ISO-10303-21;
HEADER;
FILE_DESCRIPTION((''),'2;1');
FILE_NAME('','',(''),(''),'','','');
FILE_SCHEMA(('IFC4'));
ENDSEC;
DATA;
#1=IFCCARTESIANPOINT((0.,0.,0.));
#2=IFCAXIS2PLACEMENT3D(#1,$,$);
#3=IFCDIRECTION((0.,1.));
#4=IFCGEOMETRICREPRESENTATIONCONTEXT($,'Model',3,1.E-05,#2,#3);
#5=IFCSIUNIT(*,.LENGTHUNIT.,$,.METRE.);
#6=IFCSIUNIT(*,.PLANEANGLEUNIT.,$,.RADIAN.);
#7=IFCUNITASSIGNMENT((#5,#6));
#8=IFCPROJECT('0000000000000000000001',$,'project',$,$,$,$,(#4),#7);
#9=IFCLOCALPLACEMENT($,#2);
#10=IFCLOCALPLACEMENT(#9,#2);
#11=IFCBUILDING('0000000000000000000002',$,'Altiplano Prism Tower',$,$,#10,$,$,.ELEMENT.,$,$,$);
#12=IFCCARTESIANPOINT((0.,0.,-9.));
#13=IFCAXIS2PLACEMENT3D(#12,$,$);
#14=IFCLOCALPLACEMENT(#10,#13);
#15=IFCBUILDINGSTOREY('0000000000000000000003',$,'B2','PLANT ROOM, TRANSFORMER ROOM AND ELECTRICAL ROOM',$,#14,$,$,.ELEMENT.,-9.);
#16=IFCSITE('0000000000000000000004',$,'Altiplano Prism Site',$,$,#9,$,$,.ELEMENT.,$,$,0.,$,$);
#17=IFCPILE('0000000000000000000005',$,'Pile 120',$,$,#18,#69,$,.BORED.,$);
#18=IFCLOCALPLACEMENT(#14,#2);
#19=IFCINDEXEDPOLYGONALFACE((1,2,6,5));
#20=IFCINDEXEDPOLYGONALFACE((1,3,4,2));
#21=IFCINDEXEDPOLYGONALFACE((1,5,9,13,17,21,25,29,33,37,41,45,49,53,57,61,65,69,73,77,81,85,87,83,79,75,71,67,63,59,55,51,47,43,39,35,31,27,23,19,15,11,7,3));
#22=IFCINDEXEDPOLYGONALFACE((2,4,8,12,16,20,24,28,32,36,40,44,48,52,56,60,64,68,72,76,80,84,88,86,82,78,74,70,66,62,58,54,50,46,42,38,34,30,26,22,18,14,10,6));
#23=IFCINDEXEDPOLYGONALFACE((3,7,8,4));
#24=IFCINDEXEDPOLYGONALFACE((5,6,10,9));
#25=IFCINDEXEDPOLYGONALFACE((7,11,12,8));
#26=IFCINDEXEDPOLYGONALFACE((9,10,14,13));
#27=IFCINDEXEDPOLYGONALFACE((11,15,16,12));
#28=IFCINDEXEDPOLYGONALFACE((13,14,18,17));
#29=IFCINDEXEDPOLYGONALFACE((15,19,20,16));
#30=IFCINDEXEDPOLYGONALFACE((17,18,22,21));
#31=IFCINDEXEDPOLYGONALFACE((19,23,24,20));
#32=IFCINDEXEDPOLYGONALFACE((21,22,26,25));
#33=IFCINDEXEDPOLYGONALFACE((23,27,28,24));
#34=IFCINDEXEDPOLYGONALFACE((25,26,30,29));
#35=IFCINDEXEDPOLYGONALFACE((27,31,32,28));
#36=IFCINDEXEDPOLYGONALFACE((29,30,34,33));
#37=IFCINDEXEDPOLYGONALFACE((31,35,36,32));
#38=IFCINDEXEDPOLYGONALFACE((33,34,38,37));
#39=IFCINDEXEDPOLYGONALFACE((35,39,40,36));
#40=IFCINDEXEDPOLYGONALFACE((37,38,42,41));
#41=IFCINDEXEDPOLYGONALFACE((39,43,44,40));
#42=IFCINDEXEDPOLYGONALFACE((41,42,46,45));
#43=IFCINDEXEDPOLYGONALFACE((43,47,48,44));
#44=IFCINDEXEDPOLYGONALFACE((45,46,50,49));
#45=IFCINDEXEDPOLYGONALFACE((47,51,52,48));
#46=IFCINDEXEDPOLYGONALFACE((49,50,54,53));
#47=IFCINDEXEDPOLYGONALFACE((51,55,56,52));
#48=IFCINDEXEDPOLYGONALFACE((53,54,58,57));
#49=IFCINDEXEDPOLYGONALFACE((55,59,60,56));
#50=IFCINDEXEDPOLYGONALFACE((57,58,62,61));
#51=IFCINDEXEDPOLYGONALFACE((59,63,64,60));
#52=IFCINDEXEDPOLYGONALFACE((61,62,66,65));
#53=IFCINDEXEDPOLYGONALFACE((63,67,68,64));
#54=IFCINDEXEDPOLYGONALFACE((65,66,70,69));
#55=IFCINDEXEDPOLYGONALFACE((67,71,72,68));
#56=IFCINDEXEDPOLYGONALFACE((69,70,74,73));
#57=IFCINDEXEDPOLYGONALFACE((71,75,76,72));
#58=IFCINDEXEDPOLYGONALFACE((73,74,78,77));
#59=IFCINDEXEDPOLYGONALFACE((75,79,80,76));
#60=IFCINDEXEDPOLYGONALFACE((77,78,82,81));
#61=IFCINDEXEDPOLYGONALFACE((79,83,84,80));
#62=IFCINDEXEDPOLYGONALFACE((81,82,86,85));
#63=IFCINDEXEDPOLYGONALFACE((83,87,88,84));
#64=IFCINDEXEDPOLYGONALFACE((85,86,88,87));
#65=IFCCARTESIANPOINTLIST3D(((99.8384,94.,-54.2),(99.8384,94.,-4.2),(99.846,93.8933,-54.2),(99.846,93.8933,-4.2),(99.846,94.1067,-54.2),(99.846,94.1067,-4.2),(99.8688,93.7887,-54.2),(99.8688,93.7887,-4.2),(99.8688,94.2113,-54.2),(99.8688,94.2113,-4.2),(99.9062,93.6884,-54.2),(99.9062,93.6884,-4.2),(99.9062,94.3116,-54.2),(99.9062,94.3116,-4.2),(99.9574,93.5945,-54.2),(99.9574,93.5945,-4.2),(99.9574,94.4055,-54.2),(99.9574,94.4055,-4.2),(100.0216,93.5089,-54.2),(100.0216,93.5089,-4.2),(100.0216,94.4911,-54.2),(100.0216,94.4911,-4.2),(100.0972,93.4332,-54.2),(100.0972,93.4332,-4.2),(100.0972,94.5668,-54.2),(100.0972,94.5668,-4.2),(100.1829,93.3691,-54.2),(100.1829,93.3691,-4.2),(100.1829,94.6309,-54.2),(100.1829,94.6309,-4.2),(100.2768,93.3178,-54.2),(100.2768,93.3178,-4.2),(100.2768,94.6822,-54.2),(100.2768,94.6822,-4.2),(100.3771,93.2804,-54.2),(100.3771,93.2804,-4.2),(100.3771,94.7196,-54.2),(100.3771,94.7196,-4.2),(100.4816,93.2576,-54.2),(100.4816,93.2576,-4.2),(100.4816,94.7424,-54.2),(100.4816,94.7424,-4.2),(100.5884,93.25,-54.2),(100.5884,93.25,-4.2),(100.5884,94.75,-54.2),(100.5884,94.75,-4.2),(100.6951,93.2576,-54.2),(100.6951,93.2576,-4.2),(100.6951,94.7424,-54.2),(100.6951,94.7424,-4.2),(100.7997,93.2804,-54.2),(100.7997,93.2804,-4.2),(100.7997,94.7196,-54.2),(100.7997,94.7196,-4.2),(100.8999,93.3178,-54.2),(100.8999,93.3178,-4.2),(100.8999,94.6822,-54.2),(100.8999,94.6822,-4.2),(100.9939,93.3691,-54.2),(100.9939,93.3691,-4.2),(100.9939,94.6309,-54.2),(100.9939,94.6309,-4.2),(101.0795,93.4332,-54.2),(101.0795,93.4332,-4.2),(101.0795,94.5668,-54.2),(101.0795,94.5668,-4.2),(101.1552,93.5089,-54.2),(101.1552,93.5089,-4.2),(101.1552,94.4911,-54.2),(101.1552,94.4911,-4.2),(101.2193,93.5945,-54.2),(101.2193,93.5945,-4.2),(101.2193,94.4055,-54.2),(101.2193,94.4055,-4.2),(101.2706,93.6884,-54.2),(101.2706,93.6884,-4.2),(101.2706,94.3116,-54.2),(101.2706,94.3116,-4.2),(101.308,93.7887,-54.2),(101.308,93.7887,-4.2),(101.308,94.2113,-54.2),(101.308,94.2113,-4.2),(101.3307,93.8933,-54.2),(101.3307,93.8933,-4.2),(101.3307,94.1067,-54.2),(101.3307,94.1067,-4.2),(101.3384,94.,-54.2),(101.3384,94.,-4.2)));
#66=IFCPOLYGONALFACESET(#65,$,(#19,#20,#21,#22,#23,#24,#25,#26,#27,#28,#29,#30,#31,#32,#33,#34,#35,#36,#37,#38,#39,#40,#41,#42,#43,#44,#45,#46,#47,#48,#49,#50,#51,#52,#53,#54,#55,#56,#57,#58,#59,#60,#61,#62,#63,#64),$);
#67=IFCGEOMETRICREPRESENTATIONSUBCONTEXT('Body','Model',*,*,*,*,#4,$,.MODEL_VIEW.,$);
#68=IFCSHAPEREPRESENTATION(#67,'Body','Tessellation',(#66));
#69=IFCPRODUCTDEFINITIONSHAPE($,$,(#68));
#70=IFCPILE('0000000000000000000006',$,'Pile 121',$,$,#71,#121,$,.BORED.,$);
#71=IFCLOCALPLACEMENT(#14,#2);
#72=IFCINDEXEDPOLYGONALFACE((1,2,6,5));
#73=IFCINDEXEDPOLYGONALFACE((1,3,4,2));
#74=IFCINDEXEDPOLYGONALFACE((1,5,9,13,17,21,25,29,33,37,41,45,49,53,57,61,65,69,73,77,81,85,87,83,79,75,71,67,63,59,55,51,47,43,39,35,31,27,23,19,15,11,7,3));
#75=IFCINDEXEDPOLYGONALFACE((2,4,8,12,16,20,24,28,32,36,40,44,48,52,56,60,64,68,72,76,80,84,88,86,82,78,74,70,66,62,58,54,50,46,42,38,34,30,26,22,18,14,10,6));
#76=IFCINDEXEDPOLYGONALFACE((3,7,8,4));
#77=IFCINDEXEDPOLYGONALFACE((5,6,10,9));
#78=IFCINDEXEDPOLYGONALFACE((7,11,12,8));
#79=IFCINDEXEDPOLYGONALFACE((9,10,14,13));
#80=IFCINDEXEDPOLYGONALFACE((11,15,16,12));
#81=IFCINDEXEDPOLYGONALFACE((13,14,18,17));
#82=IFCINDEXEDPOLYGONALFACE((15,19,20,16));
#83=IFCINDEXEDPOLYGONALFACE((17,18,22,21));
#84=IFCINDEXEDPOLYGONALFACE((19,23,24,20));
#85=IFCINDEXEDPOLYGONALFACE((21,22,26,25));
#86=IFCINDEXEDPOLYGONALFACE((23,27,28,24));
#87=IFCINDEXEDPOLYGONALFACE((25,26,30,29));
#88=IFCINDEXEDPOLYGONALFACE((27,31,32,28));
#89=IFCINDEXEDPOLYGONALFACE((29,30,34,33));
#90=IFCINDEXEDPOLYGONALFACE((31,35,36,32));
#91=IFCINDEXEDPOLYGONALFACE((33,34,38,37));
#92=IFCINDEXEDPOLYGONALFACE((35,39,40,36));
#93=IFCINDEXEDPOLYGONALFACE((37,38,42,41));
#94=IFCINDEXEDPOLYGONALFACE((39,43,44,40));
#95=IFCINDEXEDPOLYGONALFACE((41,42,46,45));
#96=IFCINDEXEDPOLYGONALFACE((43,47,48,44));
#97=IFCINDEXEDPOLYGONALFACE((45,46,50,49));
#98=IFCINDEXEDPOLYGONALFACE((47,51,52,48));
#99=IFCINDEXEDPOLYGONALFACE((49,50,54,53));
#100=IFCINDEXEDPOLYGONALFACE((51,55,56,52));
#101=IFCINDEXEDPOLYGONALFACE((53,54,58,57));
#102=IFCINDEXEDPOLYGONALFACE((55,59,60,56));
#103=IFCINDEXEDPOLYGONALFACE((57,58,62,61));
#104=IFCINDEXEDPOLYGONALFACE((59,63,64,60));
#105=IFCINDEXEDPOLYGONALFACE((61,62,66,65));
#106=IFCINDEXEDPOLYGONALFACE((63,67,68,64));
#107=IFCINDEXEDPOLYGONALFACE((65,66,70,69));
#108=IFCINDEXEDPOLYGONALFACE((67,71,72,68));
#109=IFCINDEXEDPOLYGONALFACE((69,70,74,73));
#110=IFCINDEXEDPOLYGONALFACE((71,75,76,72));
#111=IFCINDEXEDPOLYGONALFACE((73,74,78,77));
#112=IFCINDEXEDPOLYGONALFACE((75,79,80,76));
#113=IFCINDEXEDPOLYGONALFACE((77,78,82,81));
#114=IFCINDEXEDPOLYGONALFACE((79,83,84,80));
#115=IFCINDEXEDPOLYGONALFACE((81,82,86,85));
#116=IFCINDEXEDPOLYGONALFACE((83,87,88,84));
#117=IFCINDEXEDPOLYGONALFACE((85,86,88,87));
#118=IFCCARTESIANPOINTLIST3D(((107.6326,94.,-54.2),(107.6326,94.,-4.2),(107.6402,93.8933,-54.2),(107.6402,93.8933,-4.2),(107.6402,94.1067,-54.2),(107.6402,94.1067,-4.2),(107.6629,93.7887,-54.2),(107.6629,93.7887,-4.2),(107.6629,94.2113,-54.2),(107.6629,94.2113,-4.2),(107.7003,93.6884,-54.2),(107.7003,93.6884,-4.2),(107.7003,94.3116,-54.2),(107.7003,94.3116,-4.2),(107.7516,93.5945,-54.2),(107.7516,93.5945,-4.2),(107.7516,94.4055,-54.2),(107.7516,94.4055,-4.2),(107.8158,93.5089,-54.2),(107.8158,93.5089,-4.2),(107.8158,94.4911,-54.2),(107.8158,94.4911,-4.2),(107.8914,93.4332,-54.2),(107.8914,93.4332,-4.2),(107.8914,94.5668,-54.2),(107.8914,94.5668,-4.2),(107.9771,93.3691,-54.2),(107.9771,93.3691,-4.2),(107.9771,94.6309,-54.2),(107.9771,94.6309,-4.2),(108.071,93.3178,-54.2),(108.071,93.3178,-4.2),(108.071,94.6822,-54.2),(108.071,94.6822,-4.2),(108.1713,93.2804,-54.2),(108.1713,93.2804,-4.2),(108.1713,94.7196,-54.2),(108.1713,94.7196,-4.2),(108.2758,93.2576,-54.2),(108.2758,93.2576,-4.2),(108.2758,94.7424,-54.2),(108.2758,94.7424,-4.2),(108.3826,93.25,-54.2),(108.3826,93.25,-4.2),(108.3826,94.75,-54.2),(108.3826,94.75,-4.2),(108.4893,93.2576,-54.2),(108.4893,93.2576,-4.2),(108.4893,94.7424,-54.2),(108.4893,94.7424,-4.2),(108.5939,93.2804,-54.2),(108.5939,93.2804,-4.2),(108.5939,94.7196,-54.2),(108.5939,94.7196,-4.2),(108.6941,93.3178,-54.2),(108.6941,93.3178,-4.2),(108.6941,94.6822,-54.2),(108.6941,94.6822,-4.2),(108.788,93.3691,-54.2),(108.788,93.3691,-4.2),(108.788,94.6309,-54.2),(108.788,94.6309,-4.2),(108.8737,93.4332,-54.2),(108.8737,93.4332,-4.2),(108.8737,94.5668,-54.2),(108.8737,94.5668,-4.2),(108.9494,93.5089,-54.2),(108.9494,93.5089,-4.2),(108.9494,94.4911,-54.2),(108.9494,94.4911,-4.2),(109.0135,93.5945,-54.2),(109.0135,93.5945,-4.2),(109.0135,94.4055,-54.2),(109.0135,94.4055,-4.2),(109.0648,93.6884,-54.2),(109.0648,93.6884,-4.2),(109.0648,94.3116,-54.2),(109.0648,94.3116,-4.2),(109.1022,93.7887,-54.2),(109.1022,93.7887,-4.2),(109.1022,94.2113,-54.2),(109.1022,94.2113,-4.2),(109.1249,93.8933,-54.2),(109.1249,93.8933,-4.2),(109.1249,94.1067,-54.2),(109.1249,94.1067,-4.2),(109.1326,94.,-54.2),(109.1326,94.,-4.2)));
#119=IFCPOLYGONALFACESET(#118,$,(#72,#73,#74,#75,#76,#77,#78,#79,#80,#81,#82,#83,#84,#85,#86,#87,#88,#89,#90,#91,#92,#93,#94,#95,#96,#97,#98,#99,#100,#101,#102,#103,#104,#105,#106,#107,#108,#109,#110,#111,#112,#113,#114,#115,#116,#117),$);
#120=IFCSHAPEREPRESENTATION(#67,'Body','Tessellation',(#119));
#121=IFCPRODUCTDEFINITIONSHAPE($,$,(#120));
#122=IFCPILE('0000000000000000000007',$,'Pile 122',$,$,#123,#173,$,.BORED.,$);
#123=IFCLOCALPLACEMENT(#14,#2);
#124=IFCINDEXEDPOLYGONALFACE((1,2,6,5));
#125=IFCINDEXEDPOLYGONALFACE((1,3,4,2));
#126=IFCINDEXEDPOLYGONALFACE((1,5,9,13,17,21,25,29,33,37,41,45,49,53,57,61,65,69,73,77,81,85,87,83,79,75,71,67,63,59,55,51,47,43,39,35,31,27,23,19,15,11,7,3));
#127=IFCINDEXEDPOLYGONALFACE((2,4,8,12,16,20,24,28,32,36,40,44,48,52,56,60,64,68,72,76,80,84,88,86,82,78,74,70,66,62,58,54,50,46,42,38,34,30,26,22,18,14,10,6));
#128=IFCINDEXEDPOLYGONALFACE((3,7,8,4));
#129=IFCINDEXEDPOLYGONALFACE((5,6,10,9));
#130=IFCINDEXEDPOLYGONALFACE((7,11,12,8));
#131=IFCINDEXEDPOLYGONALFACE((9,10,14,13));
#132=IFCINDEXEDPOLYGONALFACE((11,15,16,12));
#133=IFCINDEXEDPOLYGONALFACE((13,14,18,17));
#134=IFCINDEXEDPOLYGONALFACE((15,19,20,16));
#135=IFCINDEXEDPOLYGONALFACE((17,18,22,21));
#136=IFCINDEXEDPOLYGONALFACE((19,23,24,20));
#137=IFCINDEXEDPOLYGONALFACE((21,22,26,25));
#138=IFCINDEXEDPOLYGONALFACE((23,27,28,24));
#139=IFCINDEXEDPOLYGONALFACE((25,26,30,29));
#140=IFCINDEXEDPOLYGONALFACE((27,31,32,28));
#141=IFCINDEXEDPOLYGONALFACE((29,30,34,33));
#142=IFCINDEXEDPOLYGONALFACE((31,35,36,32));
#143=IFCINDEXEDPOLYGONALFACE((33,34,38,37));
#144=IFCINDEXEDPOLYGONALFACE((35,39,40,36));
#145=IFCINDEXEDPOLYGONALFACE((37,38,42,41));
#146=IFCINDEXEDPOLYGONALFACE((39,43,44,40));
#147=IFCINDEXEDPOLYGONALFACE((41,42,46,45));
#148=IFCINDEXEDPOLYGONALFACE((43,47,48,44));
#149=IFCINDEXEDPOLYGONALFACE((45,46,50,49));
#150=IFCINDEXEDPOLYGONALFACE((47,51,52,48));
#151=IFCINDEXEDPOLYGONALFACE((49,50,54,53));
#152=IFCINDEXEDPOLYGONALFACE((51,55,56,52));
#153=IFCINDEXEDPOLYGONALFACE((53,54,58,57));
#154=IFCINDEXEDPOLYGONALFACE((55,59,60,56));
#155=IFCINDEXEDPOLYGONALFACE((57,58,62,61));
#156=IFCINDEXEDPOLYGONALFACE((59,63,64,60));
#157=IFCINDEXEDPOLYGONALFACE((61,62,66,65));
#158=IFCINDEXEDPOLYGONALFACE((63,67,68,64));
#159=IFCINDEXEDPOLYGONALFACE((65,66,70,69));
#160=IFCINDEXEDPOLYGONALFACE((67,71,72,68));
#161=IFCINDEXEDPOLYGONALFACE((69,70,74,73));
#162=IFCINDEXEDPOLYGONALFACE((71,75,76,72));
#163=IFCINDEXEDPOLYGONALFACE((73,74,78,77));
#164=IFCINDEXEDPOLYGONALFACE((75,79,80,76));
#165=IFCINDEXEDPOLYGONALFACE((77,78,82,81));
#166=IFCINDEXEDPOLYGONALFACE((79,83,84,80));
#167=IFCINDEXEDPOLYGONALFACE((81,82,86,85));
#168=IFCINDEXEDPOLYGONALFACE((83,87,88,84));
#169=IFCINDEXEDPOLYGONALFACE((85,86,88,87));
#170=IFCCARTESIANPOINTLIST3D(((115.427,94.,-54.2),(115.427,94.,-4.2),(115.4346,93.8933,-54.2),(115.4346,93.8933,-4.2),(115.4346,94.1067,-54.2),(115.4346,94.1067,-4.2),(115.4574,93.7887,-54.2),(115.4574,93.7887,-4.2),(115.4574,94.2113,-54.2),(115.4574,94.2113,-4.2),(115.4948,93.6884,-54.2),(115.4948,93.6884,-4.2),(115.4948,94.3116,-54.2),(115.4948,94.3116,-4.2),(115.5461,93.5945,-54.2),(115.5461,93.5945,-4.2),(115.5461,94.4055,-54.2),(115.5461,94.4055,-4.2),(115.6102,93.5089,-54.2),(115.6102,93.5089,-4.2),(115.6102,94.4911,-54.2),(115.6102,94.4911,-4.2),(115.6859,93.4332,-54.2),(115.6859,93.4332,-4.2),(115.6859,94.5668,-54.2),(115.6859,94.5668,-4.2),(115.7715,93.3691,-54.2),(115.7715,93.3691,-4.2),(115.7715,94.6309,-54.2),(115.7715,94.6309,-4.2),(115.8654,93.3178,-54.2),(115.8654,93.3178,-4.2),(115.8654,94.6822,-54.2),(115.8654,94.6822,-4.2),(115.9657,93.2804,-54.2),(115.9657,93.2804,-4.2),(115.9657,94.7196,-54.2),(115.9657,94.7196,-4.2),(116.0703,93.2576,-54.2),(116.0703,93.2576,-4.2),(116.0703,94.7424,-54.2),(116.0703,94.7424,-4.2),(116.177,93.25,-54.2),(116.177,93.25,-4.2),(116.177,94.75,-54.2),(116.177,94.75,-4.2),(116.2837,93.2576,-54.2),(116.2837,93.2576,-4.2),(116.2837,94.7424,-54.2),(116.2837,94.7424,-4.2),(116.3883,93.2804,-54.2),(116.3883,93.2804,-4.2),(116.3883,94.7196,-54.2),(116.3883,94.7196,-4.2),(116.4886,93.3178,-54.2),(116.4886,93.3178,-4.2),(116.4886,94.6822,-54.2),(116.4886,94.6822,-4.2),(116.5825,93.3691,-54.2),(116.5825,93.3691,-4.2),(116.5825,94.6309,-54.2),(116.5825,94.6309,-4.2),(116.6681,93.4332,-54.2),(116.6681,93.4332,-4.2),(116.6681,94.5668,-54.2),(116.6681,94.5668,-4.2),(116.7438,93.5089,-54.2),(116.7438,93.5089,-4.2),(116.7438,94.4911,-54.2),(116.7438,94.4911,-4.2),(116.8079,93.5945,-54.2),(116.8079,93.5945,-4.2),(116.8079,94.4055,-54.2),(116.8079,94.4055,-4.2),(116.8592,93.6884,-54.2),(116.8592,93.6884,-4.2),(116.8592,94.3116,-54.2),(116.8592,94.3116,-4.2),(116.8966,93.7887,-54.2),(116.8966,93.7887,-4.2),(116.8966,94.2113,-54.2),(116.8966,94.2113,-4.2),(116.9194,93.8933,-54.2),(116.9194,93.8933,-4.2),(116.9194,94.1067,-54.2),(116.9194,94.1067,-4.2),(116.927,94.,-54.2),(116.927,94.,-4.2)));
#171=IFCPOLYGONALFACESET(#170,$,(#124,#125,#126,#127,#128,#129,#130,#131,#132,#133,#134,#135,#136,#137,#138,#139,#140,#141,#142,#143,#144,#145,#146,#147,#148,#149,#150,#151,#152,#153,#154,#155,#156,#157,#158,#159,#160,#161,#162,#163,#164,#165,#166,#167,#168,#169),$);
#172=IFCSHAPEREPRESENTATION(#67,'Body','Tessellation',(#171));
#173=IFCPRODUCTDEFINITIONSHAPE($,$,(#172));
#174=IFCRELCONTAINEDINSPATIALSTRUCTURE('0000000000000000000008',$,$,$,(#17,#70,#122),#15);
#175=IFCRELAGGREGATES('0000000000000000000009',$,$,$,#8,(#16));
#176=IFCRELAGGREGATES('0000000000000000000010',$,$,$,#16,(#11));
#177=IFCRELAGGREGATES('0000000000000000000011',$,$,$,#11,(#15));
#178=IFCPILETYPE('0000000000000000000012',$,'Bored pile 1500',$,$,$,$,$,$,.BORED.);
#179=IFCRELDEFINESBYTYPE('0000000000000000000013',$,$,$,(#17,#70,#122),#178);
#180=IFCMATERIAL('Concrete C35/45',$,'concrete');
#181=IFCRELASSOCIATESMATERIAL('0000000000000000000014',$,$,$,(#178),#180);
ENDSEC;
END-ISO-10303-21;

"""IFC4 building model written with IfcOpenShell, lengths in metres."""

from ifc_helpers import new_model, si_unit, direction, frame, origin, origin_2d, place, context, subcontext, project, spatial, circle, extrude, material, material_profile, profile_set, type_object, element, save


model = new_model("IFC4")

# Units and contexts
model_context = context("Model", 3, precision=1e-05, world=origin(), true_north=direction((0.0, 1.0)))
body_context = subcontext(model_context, "Body", "Model", "MODEL_VIEW")
ifc_project = project(units=[si_unit("LENGTHUNIT", "METRE"), si_unit("PLANEANGLEUNIT", "RADIAN")], contexts=[model_context])

# Site, building, storey
site_placement = place(None, origin())
site = spatial("IfcSite", under=ifc_project, at=site_placement, Name="Altiplano Prism Site", CompositionType="ELEMENT", RefElevation=0.0)
building_placement = place(site_placement, origin())
building = spatial("IfcBuilding", under=site, at=building_placement, Name="Altiplano Prism Tower", CompositionType="ELEMENT")
storey_placement = place(building_placement, frame((0.0, 0.0, -9.0)))
storey = spatial("IfcBuildingStorey", under=building, at=storey_placement, Name="B2", Description="PLANT ROOM, TRANSFORMER ROOM AND ELECTRICAL ROOM", CompositionType="ELEMENT", Elevation=-9.0)

# Piles
ifc_material_1 = material(Name="Concrete C35/45", Category="concrete")
ifc_material_profile_1 = material_profile(ifc_material_1, circle(Radius=0.75, at=origin_2d()), Name="Bored pile 1500")
ifc_profile_set_1 = profile_set([ifc_material_profile_1], Name="Concrete C35/45")
pile_type = type_object("IfcPileType", Name="Bored pile 1500", PredefinedType="BORED", material=ifc_profile_set_1)
for number, where, z_axis, x_axis, name in (
    (1, (100.5884, 94.0, -4.2), (0.0, 0.0, -1.0), (1.0, 0.0, 0.0), "Pile 120"),
    (2, (108.3826, 94.0, -4.2), (0.0, 0.0, -1.0), (1.0, 0.0, 0.0), "Pile 121"),
    (3, (116.177, 94.0, -4.2), (0.0, 0.0, -1.0), (1.0, 0.0, 0.0), "Pile 122"),
):
    element("IfcPile", number, at=place(storey_placement, frame(where, z_axis=z_axis, x_axis=x_axis)), inside=storey, type_object=pile_type, Name=name, PredefinedType="BORED", context=body_context, shape_type="SweptSolid", body=[
        extrude(circle(Radius=0.75, at=origin_2d()), origin(), (0.0, 0.0, 1.0), 50.0),
    ])

save(model, "model.ifc")
